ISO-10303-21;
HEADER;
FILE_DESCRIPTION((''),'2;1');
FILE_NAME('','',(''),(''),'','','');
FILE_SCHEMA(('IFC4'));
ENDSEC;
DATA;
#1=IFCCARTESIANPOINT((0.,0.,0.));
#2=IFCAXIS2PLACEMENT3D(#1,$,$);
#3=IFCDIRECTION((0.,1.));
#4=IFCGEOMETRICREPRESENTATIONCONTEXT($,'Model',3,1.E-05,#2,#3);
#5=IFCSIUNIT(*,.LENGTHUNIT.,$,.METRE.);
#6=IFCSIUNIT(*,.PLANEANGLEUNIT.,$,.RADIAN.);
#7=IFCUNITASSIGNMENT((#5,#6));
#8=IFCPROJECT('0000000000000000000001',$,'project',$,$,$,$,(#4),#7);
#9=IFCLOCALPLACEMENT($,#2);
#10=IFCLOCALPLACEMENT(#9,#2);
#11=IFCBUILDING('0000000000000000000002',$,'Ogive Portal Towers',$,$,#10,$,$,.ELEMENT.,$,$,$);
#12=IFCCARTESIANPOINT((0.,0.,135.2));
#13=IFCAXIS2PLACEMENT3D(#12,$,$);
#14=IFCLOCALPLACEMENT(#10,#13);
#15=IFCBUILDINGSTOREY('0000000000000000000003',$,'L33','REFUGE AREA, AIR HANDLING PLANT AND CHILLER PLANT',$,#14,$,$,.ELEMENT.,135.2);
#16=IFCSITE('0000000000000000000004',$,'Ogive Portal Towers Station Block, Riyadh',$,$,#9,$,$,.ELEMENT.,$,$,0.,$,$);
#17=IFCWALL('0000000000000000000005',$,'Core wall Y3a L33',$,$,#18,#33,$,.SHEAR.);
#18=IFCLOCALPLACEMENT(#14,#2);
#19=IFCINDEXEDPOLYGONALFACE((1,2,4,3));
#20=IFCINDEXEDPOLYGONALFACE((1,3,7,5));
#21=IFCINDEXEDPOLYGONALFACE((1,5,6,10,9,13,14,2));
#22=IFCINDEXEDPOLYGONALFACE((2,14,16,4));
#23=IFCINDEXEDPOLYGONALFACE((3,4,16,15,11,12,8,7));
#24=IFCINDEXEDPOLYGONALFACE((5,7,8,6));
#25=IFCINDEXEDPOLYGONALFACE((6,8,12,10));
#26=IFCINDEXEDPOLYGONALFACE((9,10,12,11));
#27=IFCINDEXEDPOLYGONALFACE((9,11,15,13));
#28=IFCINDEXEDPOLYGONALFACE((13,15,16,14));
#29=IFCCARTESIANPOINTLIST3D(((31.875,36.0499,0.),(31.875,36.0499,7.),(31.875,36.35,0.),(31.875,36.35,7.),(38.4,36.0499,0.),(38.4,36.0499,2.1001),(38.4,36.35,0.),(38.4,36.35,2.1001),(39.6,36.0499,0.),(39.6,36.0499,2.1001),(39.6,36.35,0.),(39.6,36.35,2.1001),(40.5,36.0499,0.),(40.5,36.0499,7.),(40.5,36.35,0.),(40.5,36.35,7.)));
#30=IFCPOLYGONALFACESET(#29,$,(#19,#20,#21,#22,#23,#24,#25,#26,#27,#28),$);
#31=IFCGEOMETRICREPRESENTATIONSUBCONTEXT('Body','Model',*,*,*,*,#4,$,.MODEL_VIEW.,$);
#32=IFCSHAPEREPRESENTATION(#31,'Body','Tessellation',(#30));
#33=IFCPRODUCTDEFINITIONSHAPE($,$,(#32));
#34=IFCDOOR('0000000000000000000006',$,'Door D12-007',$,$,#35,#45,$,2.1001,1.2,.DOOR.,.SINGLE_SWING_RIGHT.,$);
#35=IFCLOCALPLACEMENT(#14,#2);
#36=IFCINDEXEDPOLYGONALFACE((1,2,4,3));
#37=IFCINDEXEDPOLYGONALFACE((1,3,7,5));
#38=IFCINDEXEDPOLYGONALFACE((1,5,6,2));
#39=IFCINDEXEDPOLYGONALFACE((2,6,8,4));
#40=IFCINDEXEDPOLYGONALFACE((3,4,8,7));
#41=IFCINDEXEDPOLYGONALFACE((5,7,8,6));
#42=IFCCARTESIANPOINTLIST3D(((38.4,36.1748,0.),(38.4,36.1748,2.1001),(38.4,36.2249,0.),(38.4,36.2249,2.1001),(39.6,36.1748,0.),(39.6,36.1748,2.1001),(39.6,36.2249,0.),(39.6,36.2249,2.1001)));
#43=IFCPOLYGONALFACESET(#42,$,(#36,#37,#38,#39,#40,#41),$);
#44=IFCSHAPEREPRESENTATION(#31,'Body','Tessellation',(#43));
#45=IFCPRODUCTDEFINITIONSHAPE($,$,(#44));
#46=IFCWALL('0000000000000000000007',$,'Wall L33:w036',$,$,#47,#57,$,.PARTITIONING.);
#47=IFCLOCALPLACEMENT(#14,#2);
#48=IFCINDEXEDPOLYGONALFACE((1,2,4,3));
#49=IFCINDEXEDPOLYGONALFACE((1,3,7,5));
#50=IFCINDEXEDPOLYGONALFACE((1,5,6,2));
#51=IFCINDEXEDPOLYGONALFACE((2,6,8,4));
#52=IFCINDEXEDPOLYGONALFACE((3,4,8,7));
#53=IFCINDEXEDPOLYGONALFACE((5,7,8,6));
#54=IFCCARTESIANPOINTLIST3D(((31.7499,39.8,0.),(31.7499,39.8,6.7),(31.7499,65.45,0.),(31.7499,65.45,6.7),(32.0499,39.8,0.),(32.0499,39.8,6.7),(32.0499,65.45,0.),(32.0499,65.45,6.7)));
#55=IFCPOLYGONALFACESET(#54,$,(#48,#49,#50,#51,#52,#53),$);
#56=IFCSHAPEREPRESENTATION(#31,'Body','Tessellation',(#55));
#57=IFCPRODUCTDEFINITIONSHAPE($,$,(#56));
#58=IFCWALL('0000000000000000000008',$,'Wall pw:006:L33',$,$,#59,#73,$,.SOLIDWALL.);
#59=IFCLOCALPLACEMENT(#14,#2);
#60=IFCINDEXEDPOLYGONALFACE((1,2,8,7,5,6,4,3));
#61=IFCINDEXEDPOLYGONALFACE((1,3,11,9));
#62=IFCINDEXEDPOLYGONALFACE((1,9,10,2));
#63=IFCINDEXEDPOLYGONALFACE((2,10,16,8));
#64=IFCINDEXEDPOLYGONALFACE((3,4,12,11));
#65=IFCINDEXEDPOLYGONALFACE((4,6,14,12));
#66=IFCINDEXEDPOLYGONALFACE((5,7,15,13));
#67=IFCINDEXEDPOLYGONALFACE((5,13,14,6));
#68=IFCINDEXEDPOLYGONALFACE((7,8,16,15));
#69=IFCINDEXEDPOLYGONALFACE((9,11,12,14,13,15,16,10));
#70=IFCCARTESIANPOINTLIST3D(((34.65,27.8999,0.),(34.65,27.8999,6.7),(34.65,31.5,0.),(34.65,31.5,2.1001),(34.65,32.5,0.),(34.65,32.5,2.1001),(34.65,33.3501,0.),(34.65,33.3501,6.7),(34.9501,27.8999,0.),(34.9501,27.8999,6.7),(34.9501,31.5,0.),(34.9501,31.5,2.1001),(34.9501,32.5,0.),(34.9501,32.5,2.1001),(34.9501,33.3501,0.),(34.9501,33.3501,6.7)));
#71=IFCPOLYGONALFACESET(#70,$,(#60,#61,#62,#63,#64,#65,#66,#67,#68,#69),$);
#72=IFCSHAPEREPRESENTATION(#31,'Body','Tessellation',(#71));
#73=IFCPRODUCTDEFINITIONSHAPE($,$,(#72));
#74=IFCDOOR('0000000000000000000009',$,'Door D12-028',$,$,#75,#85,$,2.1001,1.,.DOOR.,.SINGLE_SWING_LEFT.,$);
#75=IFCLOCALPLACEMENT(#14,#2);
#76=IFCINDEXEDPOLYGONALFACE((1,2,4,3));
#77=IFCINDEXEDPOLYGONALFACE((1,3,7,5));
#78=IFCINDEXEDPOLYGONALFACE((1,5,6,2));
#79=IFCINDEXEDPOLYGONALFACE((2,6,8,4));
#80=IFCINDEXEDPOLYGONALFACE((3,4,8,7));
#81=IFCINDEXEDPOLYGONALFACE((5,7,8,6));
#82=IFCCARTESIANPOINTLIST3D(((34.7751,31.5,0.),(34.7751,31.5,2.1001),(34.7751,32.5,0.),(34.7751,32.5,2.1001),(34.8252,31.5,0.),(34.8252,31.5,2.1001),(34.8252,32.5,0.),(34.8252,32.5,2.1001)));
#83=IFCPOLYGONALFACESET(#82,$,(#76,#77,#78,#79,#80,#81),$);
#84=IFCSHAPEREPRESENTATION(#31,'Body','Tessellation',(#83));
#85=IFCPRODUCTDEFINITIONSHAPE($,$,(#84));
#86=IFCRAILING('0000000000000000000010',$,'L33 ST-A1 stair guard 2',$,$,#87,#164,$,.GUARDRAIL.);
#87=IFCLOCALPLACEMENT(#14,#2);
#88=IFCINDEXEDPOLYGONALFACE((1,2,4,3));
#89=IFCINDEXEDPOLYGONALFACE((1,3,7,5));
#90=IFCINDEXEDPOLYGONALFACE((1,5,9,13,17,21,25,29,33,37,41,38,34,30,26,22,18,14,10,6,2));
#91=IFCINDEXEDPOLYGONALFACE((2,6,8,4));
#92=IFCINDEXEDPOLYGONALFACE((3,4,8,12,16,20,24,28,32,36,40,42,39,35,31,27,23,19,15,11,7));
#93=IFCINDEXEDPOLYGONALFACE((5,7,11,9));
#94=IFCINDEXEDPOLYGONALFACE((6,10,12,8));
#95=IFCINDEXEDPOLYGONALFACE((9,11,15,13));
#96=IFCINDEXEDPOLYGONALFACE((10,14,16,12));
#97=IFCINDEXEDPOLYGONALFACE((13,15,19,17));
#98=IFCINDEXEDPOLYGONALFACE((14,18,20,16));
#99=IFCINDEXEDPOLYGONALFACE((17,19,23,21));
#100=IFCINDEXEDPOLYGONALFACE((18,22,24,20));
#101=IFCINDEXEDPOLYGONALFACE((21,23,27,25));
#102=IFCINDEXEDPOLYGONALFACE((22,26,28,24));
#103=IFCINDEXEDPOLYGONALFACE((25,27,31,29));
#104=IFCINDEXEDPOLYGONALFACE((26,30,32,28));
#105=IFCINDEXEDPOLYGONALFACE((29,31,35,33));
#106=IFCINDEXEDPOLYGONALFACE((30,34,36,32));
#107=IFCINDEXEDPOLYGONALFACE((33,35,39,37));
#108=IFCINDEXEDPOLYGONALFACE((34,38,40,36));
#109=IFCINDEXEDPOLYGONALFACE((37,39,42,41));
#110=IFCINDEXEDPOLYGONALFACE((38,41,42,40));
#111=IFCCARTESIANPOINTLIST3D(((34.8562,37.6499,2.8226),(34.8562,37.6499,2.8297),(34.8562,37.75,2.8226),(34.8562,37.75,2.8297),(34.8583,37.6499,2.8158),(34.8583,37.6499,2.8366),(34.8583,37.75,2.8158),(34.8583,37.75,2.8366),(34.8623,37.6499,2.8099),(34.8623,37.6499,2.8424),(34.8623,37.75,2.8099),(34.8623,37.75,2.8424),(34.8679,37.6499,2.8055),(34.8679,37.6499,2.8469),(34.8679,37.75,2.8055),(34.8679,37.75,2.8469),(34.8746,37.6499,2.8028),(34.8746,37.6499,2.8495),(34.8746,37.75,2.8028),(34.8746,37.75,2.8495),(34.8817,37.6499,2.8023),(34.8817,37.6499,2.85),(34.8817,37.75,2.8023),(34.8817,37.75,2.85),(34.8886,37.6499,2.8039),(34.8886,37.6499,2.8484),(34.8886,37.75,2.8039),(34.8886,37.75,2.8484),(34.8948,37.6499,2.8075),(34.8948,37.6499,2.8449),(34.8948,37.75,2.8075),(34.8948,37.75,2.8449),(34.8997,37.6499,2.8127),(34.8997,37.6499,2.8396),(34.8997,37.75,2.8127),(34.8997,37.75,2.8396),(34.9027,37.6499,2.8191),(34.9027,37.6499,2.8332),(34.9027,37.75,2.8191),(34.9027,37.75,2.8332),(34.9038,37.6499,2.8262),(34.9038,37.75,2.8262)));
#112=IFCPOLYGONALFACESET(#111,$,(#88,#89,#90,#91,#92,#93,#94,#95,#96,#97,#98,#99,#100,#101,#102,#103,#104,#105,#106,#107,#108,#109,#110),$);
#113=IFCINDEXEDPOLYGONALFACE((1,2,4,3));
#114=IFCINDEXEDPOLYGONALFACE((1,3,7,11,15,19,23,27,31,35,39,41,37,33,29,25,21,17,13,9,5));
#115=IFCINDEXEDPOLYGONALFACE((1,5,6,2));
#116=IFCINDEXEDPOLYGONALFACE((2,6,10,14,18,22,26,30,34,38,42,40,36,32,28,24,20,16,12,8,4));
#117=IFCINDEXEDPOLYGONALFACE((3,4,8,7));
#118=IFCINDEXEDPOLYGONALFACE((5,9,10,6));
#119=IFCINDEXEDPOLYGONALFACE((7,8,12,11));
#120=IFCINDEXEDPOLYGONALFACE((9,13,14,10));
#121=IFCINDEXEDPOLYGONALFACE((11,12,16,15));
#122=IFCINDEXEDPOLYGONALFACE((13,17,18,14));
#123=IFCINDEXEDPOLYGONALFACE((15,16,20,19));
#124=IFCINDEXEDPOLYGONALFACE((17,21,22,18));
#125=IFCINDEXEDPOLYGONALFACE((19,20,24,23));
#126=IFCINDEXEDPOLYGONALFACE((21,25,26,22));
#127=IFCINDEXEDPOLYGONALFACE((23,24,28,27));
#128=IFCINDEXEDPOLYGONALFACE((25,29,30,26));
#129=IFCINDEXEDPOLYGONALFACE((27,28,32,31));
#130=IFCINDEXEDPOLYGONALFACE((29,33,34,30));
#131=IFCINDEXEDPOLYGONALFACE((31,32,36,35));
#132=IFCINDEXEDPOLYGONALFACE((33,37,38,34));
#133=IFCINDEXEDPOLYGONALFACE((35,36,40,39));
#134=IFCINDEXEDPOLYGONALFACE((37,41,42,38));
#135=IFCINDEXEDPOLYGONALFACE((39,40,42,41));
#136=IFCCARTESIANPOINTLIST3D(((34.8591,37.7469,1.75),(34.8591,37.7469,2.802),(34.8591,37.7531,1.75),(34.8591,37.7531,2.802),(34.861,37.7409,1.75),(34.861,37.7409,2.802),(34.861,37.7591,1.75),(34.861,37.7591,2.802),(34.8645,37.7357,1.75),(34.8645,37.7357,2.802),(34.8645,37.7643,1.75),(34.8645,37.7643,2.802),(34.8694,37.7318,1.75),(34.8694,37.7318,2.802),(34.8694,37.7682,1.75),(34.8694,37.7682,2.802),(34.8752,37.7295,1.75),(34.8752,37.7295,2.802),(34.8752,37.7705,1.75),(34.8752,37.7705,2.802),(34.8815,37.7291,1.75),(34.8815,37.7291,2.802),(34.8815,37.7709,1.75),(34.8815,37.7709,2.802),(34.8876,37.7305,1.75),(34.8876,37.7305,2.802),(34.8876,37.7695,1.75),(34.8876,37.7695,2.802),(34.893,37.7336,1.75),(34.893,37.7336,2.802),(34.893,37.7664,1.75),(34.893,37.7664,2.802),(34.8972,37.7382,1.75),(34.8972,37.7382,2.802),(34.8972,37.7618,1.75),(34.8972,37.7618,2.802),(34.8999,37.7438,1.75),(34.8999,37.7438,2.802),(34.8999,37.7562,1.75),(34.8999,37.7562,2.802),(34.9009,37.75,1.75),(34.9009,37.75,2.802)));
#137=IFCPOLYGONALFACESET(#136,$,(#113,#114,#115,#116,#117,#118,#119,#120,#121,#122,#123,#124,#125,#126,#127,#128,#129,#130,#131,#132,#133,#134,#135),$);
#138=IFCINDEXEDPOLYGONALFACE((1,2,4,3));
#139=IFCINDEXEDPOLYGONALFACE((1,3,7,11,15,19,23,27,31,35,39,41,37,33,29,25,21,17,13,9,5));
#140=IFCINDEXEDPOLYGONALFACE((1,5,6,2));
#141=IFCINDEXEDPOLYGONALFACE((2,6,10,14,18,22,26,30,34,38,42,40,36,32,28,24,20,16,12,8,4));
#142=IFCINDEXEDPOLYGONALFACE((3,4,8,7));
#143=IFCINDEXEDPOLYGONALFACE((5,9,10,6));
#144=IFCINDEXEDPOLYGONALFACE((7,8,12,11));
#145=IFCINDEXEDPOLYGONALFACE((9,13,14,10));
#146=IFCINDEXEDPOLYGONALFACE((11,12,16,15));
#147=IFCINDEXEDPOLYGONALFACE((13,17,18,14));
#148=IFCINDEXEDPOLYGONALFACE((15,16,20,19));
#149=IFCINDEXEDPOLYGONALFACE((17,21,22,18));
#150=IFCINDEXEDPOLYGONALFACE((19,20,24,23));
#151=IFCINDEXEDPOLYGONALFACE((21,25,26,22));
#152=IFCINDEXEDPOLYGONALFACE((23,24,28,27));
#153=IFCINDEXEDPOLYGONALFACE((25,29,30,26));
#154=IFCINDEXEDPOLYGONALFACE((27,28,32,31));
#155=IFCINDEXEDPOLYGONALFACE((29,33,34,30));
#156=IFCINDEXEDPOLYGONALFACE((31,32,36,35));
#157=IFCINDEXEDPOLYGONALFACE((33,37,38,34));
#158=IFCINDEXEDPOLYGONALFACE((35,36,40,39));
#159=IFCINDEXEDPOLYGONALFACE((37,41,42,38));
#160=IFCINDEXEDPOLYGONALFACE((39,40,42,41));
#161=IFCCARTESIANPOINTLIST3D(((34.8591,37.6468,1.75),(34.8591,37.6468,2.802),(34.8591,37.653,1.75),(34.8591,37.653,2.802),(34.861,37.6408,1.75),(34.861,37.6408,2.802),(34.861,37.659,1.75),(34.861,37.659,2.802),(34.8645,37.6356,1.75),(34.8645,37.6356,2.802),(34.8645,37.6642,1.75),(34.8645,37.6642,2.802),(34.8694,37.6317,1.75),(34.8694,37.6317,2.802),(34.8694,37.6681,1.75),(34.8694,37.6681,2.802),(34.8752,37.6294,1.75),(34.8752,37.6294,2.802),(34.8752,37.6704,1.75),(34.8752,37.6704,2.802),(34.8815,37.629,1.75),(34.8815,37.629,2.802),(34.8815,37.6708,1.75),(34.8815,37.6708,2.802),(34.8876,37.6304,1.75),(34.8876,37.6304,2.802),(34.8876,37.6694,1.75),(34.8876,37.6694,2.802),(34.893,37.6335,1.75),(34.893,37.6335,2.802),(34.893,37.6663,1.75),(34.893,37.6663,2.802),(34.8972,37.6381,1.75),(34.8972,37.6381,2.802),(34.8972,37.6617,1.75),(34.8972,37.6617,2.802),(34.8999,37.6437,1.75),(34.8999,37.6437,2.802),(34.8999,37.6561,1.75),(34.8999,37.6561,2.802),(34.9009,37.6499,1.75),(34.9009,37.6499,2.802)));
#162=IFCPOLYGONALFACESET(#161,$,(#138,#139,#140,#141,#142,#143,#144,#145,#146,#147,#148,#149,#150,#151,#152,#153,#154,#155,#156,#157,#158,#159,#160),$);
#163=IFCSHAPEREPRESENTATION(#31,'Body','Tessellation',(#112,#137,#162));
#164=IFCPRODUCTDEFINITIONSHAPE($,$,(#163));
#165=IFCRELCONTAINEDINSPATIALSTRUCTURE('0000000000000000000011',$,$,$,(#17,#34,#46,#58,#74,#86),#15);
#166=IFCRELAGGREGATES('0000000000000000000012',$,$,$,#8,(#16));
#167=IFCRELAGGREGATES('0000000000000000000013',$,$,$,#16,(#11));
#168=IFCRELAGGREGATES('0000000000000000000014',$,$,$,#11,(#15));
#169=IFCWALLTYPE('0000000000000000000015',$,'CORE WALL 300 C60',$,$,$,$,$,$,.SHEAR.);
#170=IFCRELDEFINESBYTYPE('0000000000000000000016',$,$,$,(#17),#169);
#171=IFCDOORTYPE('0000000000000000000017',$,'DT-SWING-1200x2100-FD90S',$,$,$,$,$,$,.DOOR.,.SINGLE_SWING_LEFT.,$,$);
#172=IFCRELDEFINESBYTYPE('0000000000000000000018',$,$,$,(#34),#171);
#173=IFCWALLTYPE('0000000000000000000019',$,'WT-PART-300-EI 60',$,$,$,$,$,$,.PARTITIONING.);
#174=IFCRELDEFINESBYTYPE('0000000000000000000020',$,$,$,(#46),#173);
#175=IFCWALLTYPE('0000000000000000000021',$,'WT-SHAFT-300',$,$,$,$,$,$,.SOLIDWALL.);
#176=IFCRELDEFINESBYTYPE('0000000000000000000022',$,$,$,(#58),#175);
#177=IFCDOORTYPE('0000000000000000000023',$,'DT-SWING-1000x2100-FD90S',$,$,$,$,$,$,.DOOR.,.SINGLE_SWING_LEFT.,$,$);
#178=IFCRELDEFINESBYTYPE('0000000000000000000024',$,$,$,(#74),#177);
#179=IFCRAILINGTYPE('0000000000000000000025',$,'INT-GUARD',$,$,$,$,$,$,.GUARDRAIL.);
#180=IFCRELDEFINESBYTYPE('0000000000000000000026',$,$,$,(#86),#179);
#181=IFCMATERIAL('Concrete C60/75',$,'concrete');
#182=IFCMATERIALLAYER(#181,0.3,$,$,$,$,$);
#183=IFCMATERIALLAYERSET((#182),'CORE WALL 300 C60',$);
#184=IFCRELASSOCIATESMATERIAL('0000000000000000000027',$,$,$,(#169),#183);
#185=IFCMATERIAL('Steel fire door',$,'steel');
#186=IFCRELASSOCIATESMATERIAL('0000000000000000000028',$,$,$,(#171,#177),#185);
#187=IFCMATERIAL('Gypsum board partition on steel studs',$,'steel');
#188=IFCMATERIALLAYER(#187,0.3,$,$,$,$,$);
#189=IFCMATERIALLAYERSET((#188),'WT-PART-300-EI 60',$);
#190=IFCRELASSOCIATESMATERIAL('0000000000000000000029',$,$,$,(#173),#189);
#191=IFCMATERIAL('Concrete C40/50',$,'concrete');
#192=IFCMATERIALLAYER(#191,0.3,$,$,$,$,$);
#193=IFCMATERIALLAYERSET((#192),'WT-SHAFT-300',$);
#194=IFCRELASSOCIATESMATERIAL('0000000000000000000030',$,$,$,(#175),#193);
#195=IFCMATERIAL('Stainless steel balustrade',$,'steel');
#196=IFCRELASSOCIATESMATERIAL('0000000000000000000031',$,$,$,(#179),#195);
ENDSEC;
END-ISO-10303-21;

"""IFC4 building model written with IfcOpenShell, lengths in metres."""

from ifc_helpers import new_model, si_unit, direction, frame, frame_2d, origin, origin_2d, place, context, subcontext, project, spatial, rectangle, circle, extrude, material, layer, layer_set, type_object, element, fill, save


model = new_model("IFC4")

# Units and contexts
model_context = context("Model", 3, precision=1e-05, world=origin(), true_north=direction((0.0, 1.0)))
body_context = subcontext(model_context, "Body", "Model", "MODEL_VIEW")
ifc_project = project(units=[si_unit("LENGTHUNIT", "METRE"), si_unit("PLANEANGLEUNIT", "RADIAN")], contexts=[model_context])

# Site, building, storey
site_placement = place(None, origin())
site = spatial("IfcSite", under=ifc_project, at=site_placement, Name="Ogive Portal Towers Station Block, Riyadh", CompositionType="ELEMENT", RefElevation=0.0)
building_placement = place(site_placement, origin())
building = spatial("IfcBuilding", under=site, at=building_placement, Name="Ogive Portal Towers", CompositionType="ELEMENT")
storey_placement = place(building_placement, frame((0.0, 0.0, 135.2)))
storey = spatial("IfcBuildingStorey", under=building, at=storey_placement, Name="L33", Description="REFUGE AREA, AIR HANDLING PLANT AND CHILLER PLANT", CompositionType="ELEMENT", Elevation=135.2)

# Shared definitions
ifc_material_1 = material(Name="Concrete C40/50", Category="concrete")

# Shared definitions
ifc_material_2 = material(Name="Concrete C60/75", Category="concrete")
ifc_layer_1 = layer(ifc_material_2, 0.3)
ifc_layer_set_1 = layer_set([ifc_layer_1], Name="CORE WALL 300 C60")
wall_type_1 = type_object("IfcWallType", Name="CORE WALL 300 C60", PredefinedType="SHEAR", material=ifc_layer_set_1)
ifc_material_3 = material(Name="Steel fire door", Category="steel")
door_type_1 = type_object("IfcDoorType", Name="DT-SWING-1200x2100-FD90S", OperationType="SINGLE_SWING_LEFT", PredefinedType="DOOR", material=ifc_material_3)

# Wall, opening, door
wall_1_placement = place(storey_placement, frame((31.875, 36.2, 0.0), z_axis=(0.0, 0.0, 1.0), x_axis=(1.0, 0.0, 0.0)))
wall_1 = element("IfcWall", 1, at=wall_1_placement, inside=storey, type_object=wall_type_1, Name="Core wall Y3a L33", PredefinedType="SHEAR", context=body_context, shape_type="SweptSolid", body=[
    extrude(rectangle(XDim=8.625, YDim=0.3, at=frame_2d((4.3125, 0.0))), origin(), (0.0, 0.0, 1.0), 7.0),
])
opening_1_placement = place(wall_1_placement, frame((6.5249, 0.0, 0.0)))
opening_1 = element("IfcOpeningElement", 2, at=opening_1_placement, cuts=wall_1, PredefinedType="OPENING", context=body_context, shape_type="SweptSolid", body=[
    extrude(rectangle(XDim=1.2, YDim=2.1001, at=frame_2d((0.6001, 1.05))), frame((0.0, 0.1602, 0.0), z_axis=(0.0, -1.0, 0.0), x_axis=(1.0, 0.0, 0.0)), (0.0, 0.0, 1.0), 0.3201),
])
door_1_placement = place(opening_1_placement, origin())
door_1 = element("IfcDoor", 3, at=door_1_placement, inside=storey, type_object=door_type_1, Name="Door D12-007", OperationType="SINGLE_SWING_RIGHT", OverallHeight=2.1001, OverallWidth=1.2, PredefinedType="DOOR", context=body_context, shape_type="SweptSolid", body=[
    extrude(rectangle(XDim=1.2, YDim=2.1001, at=frame_2d((0.6001, 1.05))), frame((0.0, 0.0249, 0.0), z_axis=(0.0, -1.0, 0.0), x_axis=(1.0, 0.0, 0.0)), (0.0, 0.0, 1.0), 0.05),
])
fill(opening_1, door_1)

# Wall
ifc_material_4 = material(Name="Gypsum board partition on steel studs", Category="steel")
ifc_layer_2 = layer(ifc_material_4, 0.3)
ifc_layer_set_2 = layer_set([ifc_layer_2], Name="WT-PART-300-EI 60")
wall_type_2 = type_object("IfcWallType", Name="WT-PART-300-EI 60", PredefinedType="PARTITIONING", material=ifc_layer_set_2)
wall_2_placement = place(storey_placement, frame((31.8999, 39.8, 0.0), z_axis=(0.0, 0.0, 1.0), x_axis=(0.0, 1.0, 0.0)))
element("IfcWall", 4, at=wall_2_placement, inside=storey, type_object=wall_type_2, Name="Wall L33:w036", PredefinedType="PARTITIONING", context=body_context, shape_type="SweptSolid", body=[
    extrude(rectangle(XDim=25.6499, YDim=0.3, at=frame_2d((12.825, 0.0))), origin(), (0.0, 0.0, 1.0), 6.7),
])

# Wall, opening, door
ifc_layer_3 = layer(ifc_material_1, 0.3)
ifc_layer_set_3 = layer_set([ifc_layer_3], Name="WT-SHAFT-300")
wall_type_3 = type_object("IfcWallType", Name="WT-SHAFT-300", PredefinedType="SOLIDWALL", material=ifc_layer_set_3)
wall_3_placement = place(storey_placement, frame((34.8, 27.8999, 0.0), z_axis=(0.0, 0.0, 1.0), x_axis=(0.0, 1.0, 0.0)))
wall_3 = element("IfcWall", 5, at=wall_3_placement, inside=storey, type_object=wall_type_3, Name="Wall pw:006:L33", PredefinedType="SOLIDWALL", context=body_context, shape_type="SweptSolid", body=[
    extrude(rectangle(XDim=5.4502, YDim=0.3, at=frame_2d((2.7251, 0.0))), origin(), (0.0, 0.0, 1.0), 6.7),
])
opening_2_placement = place(wall_3_placement, frame((3.6001, 0.0, 0.0)))
opening_2 = element("IfcOpeningElement", 6, at=opening_2_placement, cuts=wall_3, PredefinedType="OPENING", context=body_context, shape_type="SweptSolid", body=[
    extrude(rectangle(XDim=1.0, YDim=2.1001, at=frame_2d((0.5, 1.05))), frame((0.0, 0.1602, 0.0), z_axis=(0.0, -1.0, 0.0), x_axis=(1.0, 0.0, 0.0)), (0.0, 0.0, 1.0), 0.3201),
])
door_type_2 = type_object("IfcDoorType", Name="DT-SWING-1000x2100-FD90S", OperationType="SINGLE_SWING_LEFT", PredefinedType="DOOR", material=ifc_material_3)
door_2_placement = place(opening_2_placement, origin())
door_2 = element("IfcDoor", 7, at=door_2_placement, inside=storey, type_object=door_type_2, Name="Door D12-028", OperationType="SINGLE_SWING_LEFT", OverallHeight=2.1001, OverallWidth=1.0, PredefinedType="DOOR", context=body_context, shape_type="SweptSolid", body=[
    extrude(rectangle(XDim=1.0, YDim=2.1001, at=frame_2d((0.5, 1.05))), frame((0.0, 0.0249, 0.0), z_axis=(0.0, -1.0, 0.0), x_axis=(1.0, 0.0, 0.0)), (0.0, 0.0, 1.0), 0.05),
])
fill(opening_2, door_2)

# Railing
ifc_material_5 = material(Name="Stainless steel balustrade", Category="steel")
railing_type_1 = type_object("IfcRailingType", Name="INT-GUARD", PredefinedType="GUARDRAIL", material=ifc_material_5)
for number, where, name in (
    (8, (34.8799, 37.75, 1.75), "L33 ST-A1 stair guard 2"),
):
    element("IfcRailing", number, at=place(storey_placement, frame(where)), inside=storey, type_object=railing_type_1, Name=name, PredefinedType="GUARDRAIL", context=body_context, shape_type="SweptSolid", body=[
        extrude(circle(Radius=0.0239, at=origin_2d()), frame((0.0, 0.0, 1.0762), z_axis=(0.0, -1.0, 0.0), x_axis=(1.0, 0.0, 0.0)), (0.0, 0.0, 1.0), 0.1001),
        extrude(circle(Radius=0.021, at=origin_2d()), origin(), (0.0, 0.0, 1.0), 1.052),
        extrude(circle(Radius=0.021, at=origin_2d()), frame((0.0, -0.1001, 0.0)), (0.0, 0.0, 1.0), 1.052),
    ])

save(model, "model.ifc")
